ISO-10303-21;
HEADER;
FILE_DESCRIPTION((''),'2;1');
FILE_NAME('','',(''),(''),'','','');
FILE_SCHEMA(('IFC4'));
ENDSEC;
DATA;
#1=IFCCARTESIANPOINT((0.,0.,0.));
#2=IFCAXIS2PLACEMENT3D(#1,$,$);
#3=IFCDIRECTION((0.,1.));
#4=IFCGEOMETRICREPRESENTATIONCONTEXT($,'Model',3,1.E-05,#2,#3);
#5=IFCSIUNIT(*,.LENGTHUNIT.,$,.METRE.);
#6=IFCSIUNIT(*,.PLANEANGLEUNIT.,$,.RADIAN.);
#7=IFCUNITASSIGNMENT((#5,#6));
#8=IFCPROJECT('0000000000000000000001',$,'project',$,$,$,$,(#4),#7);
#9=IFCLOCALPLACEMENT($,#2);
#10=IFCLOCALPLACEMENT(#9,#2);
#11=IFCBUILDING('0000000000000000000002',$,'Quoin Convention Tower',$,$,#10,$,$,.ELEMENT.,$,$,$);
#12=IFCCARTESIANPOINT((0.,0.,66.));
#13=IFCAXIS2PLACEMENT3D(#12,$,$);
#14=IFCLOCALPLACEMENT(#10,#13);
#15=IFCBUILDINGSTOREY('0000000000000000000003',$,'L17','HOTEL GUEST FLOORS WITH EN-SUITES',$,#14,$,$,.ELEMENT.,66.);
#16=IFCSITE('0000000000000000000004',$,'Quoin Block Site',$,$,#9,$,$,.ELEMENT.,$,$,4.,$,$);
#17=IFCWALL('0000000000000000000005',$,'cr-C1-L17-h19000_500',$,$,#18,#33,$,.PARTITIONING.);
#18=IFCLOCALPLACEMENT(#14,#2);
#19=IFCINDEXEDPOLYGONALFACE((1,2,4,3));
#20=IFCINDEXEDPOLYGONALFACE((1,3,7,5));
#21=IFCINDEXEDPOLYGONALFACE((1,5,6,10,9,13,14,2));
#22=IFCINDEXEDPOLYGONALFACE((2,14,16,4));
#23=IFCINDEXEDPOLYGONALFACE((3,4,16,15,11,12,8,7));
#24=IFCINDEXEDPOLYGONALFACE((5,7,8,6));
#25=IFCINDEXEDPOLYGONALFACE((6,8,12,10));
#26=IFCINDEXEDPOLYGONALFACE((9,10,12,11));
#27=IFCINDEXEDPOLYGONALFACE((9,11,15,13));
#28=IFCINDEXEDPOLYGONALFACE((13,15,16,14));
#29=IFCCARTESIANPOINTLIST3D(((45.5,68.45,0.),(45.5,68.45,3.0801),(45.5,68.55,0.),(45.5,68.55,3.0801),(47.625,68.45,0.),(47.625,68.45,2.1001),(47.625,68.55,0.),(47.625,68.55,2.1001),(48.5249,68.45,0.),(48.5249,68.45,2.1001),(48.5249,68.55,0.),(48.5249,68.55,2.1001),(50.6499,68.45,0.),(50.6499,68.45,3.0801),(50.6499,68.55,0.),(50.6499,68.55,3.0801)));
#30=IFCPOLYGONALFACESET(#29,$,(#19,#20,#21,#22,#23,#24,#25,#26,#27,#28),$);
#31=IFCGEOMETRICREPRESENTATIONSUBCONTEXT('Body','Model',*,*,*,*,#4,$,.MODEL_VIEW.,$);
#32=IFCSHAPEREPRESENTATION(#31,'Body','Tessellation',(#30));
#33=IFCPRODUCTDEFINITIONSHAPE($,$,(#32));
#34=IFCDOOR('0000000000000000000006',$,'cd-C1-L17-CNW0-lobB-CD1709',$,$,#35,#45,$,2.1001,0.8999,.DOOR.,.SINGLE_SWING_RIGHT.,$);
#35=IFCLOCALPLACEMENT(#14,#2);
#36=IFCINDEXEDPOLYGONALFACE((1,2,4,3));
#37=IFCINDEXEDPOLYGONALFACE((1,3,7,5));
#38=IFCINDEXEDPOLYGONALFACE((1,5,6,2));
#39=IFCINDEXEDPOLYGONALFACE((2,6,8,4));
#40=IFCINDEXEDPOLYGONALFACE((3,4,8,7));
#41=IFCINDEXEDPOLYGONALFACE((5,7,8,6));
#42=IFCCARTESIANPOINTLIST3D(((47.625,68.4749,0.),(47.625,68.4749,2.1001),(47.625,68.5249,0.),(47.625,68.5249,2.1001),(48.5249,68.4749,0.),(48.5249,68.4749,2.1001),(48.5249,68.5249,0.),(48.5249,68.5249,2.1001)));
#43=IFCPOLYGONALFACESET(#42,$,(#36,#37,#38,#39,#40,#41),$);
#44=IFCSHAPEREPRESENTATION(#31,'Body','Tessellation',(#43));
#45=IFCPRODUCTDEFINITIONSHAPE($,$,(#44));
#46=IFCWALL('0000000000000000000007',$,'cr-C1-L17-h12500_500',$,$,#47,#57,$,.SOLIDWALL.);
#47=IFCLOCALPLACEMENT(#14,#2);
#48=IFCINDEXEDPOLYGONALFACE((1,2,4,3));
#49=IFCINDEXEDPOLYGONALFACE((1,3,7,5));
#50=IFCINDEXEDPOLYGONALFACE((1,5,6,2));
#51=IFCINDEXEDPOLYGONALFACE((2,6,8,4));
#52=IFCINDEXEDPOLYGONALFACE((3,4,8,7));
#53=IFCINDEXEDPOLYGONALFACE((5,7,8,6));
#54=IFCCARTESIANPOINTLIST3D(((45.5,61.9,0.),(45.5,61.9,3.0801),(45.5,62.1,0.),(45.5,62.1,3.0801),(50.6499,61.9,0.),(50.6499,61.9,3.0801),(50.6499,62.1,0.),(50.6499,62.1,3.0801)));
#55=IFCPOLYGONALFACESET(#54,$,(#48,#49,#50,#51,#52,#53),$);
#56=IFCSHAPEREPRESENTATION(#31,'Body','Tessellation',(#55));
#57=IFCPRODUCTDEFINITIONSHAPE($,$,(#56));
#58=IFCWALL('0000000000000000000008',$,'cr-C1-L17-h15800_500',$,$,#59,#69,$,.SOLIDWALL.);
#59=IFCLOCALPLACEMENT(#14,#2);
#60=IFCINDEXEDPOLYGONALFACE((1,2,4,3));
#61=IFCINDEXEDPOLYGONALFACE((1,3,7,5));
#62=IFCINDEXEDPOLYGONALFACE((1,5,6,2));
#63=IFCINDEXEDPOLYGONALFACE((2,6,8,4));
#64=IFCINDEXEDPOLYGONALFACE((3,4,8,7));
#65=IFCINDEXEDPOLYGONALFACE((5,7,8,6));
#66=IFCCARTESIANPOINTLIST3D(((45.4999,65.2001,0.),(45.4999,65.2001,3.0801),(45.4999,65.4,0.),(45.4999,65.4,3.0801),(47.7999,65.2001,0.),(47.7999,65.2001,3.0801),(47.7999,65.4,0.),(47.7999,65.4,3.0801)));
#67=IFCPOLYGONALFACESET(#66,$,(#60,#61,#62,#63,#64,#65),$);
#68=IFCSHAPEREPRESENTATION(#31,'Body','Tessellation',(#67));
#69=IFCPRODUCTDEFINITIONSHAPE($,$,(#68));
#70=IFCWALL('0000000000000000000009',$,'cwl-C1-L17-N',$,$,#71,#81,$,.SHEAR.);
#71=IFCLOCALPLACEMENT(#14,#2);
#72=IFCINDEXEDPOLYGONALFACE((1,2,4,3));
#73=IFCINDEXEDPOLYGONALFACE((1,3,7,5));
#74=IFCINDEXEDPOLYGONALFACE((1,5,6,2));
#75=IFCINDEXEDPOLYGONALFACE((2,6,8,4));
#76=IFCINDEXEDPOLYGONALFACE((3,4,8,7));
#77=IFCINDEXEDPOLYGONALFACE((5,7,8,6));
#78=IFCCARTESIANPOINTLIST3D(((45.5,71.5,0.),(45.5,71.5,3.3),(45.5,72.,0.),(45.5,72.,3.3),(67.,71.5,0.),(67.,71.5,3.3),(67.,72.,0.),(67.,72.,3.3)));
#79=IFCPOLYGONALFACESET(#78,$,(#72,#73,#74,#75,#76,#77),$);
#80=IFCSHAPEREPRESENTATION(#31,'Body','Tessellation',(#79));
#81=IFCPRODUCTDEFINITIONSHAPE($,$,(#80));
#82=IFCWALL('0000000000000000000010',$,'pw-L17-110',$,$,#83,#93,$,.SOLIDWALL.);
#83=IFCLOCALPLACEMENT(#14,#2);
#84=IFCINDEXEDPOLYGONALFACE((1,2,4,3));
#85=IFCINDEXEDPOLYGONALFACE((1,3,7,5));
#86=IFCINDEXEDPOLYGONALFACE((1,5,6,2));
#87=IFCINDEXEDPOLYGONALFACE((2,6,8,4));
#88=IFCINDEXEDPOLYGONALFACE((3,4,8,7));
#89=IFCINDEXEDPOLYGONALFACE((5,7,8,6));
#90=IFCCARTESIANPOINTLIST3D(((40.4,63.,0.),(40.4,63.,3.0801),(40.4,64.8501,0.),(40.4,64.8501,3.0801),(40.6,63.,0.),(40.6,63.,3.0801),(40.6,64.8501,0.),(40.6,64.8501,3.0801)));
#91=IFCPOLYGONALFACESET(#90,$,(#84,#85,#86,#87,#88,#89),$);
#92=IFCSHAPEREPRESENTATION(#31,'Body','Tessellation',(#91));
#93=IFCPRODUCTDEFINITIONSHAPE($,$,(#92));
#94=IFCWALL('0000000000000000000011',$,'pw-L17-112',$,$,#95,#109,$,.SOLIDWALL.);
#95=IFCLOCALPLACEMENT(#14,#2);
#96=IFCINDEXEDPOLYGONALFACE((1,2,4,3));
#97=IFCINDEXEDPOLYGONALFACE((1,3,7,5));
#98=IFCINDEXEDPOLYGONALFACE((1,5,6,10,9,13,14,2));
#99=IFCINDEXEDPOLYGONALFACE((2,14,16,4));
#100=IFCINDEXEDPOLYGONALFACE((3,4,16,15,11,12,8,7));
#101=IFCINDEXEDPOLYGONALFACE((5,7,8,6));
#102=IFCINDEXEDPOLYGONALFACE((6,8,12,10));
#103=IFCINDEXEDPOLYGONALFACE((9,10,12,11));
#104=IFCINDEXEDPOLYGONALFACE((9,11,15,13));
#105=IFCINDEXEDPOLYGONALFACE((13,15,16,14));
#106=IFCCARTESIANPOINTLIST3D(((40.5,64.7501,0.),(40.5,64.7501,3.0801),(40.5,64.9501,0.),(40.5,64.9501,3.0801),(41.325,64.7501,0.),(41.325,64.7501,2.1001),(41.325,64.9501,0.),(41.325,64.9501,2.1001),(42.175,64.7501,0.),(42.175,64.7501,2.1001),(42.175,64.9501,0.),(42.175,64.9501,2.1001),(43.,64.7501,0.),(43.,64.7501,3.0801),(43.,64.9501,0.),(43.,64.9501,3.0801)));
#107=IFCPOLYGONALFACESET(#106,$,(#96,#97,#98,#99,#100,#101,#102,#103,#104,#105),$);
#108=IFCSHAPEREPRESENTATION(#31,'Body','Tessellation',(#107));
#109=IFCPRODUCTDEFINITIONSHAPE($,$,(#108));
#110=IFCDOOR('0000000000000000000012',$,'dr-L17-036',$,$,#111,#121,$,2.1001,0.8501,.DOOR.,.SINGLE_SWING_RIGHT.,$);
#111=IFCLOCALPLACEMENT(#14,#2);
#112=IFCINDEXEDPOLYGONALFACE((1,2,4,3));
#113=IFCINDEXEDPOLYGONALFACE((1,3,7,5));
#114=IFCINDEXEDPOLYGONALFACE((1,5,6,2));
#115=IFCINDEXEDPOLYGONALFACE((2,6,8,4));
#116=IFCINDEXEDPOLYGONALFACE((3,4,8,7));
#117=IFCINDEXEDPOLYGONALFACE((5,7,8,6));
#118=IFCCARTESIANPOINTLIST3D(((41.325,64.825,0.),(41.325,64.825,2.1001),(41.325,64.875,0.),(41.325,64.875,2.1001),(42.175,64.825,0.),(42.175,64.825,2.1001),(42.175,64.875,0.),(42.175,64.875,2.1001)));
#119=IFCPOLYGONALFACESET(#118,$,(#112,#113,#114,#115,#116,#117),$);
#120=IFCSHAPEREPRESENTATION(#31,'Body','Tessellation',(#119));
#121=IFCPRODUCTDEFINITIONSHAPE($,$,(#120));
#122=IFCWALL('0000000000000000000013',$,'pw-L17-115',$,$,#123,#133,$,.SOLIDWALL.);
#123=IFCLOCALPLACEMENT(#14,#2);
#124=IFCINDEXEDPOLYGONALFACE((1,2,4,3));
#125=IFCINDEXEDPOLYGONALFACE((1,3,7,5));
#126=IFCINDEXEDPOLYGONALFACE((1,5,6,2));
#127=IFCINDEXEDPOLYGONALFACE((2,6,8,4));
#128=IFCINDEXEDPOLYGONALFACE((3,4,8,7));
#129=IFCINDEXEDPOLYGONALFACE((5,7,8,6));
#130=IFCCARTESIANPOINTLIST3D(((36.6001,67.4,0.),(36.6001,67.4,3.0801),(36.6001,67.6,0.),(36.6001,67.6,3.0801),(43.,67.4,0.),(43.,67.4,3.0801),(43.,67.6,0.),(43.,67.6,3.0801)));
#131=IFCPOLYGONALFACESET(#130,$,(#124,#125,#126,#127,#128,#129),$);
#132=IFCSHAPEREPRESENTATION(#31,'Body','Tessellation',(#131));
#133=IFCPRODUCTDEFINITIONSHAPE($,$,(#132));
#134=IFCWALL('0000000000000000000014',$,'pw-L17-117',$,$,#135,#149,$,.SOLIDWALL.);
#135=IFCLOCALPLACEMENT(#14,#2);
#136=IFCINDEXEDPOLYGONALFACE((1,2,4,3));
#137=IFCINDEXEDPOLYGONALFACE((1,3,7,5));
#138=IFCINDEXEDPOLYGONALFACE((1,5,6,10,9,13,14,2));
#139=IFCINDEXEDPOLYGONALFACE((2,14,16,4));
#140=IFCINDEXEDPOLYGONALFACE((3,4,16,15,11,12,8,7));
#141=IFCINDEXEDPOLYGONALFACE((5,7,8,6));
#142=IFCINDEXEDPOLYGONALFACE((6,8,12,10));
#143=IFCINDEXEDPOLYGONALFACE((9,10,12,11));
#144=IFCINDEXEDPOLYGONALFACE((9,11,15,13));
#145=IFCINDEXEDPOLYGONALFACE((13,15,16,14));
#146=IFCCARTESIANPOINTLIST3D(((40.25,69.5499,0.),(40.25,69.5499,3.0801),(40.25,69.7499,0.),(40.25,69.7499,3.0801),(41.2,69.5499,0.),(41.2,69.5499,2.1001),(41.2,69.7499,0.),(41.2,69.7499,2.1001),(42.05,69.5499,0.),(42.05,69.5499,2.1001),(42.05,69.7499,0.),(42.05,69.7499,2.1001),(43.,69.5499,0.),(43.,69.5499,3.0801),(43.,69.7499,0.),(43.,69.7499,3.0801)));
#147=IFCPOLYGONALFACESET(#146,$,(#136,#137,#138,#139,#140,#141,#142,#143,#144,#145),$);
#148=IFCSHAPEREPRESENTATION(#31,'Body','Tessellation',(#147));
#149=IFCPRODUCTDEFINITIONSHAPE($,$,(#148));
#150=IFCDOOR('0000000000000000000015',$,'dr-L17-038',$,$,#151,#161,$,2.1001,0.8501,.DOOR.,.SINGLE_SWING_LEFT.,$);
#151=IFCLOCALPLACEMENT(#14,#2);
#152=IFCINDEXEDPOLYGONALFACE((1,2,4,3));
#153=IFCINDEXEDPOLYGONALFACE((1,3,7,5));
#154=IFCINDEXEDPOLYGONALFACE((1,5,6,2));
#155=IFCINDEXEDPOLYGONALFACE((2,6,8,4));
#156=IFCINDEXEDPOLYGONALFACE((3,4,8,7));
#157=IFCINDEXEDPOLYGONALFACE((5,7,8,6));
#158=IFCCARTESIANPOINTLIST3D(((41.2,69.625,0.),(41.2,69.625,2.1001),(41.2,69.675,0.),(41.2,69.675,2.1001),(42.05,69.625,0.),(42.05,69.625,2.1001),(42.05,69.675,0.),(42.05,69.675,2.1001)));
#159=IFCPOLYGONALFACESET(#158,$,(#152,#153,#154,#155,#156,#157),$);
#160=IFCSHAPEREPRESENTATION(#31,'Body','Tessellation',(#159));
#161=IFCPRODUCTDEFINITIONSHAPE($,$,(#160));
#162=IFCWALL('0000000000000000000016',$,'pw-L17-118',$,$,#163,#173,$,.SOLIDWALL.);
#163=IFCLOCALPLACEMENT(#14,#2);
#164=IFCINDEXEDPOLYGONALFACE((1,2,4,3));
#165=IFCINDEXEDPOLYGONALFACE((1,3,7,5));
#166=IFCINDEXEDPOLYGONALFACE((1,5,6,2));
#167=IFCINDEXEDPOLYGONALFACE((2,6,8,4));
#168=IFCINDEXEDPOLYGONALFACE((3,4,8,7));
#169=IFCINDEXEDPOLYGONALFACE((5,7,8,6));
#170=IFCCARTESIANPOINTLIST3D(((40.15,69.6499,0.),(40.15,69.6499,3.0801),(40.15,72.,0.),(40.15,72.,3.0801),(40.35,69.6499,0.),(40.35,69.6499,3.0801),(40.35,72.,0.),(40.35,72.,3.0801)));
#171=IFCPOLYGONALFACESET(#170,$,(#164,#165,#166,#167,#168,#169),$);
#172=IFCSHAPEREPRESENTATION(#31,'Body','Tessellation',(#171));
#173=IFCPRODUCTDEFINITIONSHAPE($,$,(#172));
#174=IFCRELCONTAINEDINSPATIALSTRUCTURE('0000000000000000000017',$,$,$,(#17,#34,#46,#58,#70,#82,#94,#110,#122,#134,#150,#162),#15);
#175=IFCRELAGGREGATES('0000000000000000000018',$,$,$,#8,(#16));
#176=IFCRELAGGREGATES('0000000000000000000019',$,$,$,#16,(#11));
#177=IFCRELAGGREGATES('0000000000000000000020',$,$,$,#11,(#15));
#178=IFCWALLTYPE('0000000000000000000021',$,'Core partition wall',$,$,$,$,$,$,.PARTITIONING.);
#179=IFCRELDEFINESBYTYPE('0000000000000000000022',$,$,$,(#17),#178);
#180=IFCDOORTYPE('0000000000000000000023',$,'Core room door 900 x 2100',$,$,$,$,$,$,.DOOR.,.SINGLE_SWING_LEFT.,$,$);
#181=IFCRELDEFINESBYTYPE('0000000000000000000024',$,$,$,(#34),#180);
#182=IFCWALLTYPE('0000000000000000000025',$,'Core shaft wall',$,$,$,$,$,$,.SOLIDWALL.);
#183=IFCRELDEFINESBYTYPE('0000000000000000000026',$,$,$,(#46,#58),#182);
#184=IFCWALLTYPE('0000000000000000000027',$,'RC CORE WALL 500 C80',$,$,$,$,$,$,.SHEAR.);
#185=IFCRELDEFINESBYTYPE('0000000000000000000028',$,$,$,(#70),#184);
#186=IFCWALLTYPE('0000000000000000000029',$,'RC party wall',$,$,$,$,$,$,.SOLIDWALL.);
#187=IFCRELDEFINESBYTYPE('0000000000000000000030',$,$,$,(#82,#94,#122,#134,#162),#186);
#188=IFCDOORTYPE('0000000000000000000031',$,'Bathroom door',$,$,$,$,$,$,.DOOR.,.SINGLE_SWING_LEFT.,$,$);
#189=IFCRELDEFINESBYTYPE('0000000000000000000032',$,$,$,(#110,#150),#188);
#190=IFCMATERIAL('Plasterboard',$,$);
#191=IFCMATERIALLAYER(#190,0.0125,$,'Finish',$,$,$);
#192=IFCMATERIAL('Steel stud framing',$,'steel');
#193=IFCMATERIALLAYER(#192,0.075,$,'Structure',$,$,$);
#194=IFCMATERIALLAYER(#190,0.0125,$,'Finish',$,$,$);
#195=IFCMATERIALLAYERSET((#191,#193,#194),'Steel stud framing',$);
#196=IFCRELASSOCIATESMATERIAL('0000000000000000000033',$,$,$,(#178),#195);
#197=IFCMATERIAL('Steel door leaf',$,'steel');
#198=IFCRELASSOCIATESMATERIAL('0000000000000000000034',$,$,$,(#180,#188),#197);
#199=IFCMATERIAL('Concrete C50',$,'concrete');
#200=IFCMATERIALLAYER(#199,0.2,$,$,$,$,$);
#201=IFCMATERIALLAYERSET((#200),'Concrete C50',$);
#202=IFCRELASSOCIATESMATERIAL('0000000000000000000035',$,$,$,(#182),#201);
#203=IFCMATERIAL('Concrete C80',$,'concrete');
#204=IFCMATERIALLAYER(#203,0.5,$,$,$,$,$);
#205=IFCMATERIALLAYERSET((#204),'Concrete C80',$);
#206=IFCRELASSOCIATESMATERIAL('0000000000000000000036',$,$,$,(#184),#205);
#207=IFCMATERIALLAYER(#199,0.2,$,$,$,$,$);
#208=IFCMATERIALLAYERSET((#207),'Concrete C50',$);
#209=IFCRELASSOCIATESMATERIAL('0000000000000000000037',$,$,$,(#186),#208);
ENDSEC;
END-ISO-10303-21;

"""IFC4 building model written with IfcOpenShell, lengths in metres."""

from ifc_helpers import new_model, si_unit, direction, frame, frame_2d, origin, place, context, subcontext, project, spatial, rectangle, extrude, material, layer, layer_set, type_object, element, fill, save


model = new_model("IFC4")

# Units and contexts
model_context = context("Model", 3, precision=1e-05, world=origin(), true_north=direction((0.0, 1.0)))
body_context = subcontext(model_context, "Body", "Model", "MODEL_VIEW")
ifc_project = project(units=[si_unit("LENGTHUNIT", "METRE"), si_unit("PLANEANGLEUNIT", "RADIAN")], contexts=[model_context])

# Site, building, storey
site_placement = place(None, origin())
site = spatial("IfcSite", under=ifc_project, at=site_placement, Name="Quoin Block Site", CompositionType="ELEMENT", RefElevation=4.0)
building_placement = place(site_placement, origin())
building = spatial("IfcBuilding", under=site, at=building_placement, Name="Quoin Convention Tower", CompositionType="ELEMENT")
storey_placement = place(building_placement, frame((0.0, 0.0, 66.0)))
storey = spatial("IfcBuildingStorey", under=building, at=storey_placement, Name="L17", Description="HOTEL GUEST FLOORS WITH EN-SUITES", CompositionType="ELEMENT", Elevation=66.0)

# Wall, opening, door
ifc_material_1 = material(Name="Plasterboard")
ifc_layer_1 = layer(ifc_material_1, 0.0125, Name="Finish")
ifc_material_2 = material(Name="Steel stud framing", Category="steel")
ifc_layer_2 = layer(ifc_material_2, 0.075, Name="Structure")
ifc_layer_3 = layer(ifc_material_1, 0.0125, Name="Finish")
ifc_layer_set_1 = layer_set([ifc_layer_1, ifc_layer_2, ifc_layer_3], Name="Steel stud framing")
wall_type_1 = type_object("IfcWallType", Name="Core partition wall", PredefinedType="PARTITIONING", material=ifc_layer_set_1)
wall_1_placement = place(storey_placement, frame((45.5, 68.5, 0.0), z_axis=(0.0, 0.0, 1.0), x_axis=(1.0, 0.0, 0.0)))
wall_1 = element("IfcWall", 1, at=wall_1_placement, inside=storey, type_object=wall_type_1, Name="cr-C1-L17-h19000_500", PredefinedType="PARTITIONING", context=body_context, shape_type="SweptSolid", body=[
    extrude(rectangle(XDim=5.1499, YDim=0.1001, at=frame_2d((2.575, 0.0))), origin(), (0.0, 0.0, 1.0), 3.0801),
])
opening_1_placement = place(wall_1_placement, frame((2.125, 0.0, 0.0)))
opening_1 = element("IfcOpeningElement", 2, at=opening_1_placement, cuts=wall_1, PredefinedType="OPENING", context=body_context, shape_type="SweptSolid", body=[
    extrude(rectangle(XDim=0.8999, YDim=2.1001, at=frame_2d((0.45, 1.05))), frame((0.0, 0.0601, 0.0), z_axis=(0.0, -1.0, 0.0), x_axis=(1.0, 0.0, 0.0)), (0.0, 0.0, 1.0), 0.1201),
])
ifc_material_3 = material(Name="Steel door leaf", Category="steel")
door_type_1 = type_object("IfcDoorType", Name="Core room door 900 x 2100", OperationType="SINGLE_SWING_LEFT", PredefinedType="DOOR", material=ifc_material_3)
door_1_placement = place(opening_1_placement, origin())
door_1 = element("IfcDoor", 3, at=door_1_placement, inside=storey, type_object=door_type_1, Name="cd-C1-L17-CNW0-lobB-CD1709", OperationType="SINGLE_SWING_RIGHT", OverallHeight=2.1001, OverallWidth=0.8999, PredefinedType="DOOR", context=body_context, shape_type="SweptSolid", body=[
    extrude(rectangle(XDim=0.8999, YDim=2.1001, at=frame_2d((0.45, 1.05))), frame((0.0, 0.0249, 0.0), z_axis=(0.0, -1.0, 0.0), x_axis=(1.0, 0.0, 0.0)), (0.0, 0.0, 1.0), 0.05),
])
fill(opening_1, door_1)

# Walls
ifc_material_4 = material(Name="Concrete C50", Category="concrete")
ifc_layer_4 = layer(ifc_material_4, 0.2)
ifc_layer_set_2 = layer_set([ifc_layer_4], Name="Concrete C50")
wall_type_2 = type_object("IfcWallType", Name="Core shaft wall", PredefinedType="SOLIDWALL", material=ifc_layer_set_2)
wall_2_placement = place(storey_placement, frame((45.5, 62.0, 0.0), z_axis=(0.0, 0.0, 1.0), x_axis=(1.0, 0.0, 0.0)))
element("IfcWall", 4, at=wall_2_placement, inside=storey, type_object=wall_type_2, Name="cr-C1-L17-h12500_500", PredefinedType="SOLIDWALL", context=body_context, shape_type="SweptSolid", body=[
    extrude(rectangle(XDim=5.1499, YDim=0.2, at=frame_2d((2.575, 0.0))), origin(), (0.0, 0.0, 1.0), 3.0801),
])
wall_3_placement = place(storey_placement, frame((45.5, 65.3, 0.0), z_axis=(0.0, 0.0, 1.0), x_axis=(1.0, 0.0, 0.0)))
element("IfcWall", 5, at=wall_3_placement, inside=storey, type_object=wall_type_2, Name="cr-C1-L17-h15800_500", PredefinedType="SOLIDWALL", context=body_context, shape_type="SweptSolid", body=[
    extrude(rectangle(XDim=2.3, YDim=0.2, at=frame_2d((1.1499, 0.0))), origin(), (0.0, 0.0, 1.0), 3.0801),
])
ifc_material_5 = material(Name="Concrete C80", Category="concrete")
ifc_layer_5 = layer(ifc_material_5, 0.5)
ifc_layer_set_3 = layer_set([ifc_layer_5], Name="Concrete C80")
wall_type_3 = type_object("IfcWallType", Name="RC CORE WALL 500 C80", PredefinedType="SHEAR", material=ifc_layer_set_3)
wall_4_placement = place(storey_placement, frame((45.5, 71.75, 0.0), z_axis=(0.0, 0.0, 1.0), x_axis=(1.0, 0.0, 0.0)))
element("IfcWall", 6, at=wall_4_placement, inside=storey, type_object=wall_type_3, Name="cwl-C1-L17-N", PredefinedType="SHEAR", context=body_context, shape_type="SweptSolid", body=[
    extrude(rectangle(XDim=21.5, YDim=0.5, at=frame_2d((10.75, 0.0))), origin(), (0.0, 0.0, 1.0), 3.3),
])
ifc_layer_6 = layer(ifc_material_4, 0.2)
ifc_layer_set_4 = layer_set([ifc_layer_6], Name="Concrete C50")
wall_type_4 = type_object("IfcWallType", Name="RC party wall", PredefinedType="SOLIDWALL", material=ifc_layer_set_4)
wall_5_placement = place(storey_placement, frame((40.5, 63.0, 0.0), z_axis=(0.0, 0.0, 1.0), x_axis=(0.0, 1.0, 0.0)))
element("IfcWall", 7, at=wall_5_placement, inside=storey, type_object=wall_type_4, Name="pw-L17-110", PredefinedType="SOLIDWALL", context=body_context, shape_type="SweptSolid", body=[
    extrude(rectangle(XDim=1.8501, YDim=0.2, at=frame_2d((0.925, 0.0))), origin(), (0.0, 0.0, 1.0), 3.0801),
])

# Wall, opening, door
wall_6_placement = place(storey_placement, frame((40.5, 64.8501, 0.0), z_axis=(0.0, 0.0, 1.0), x_axis=(1.0, 0.0, 0.0)))
wall_6 = element("IfcWall", 8, at=wall_6_placement, inside=storey, type_object=wall_type_4, Name="pw-L17-112", PredefinedType="SOLIDWALL", context=body_context, shape_type="SweptSolid", body=[
    extrude(rectangle(XDim=2.5, YDim=0.2, at=frame_2d((1.25, 0.0))), origin(), (0.0, 0.0, 1.0), 3.0801),
])
opening_2_placement = place(wall_6_placement, frame((0.825, 0.0, 0.0)))
opening_2 = element("IfcOpeningElement", 9, at=opening_2_placement, cuts=wall_6, PredefinedType="OPENING", context=body_context, shape_type="SweptSolid", body=[
    extrude(rectangle(XDim=0.8501, YDim=2.1001, at=frame_2d((0.425, 1.05))), frame((0.0, 0.1099, 0.0), z_axis=(0.0, -1.0, 0.0), x_axis=(1.0, 0.0, 0.0)), (0.0, 0.0, 1.0), 0.22),
])
door_type_2 = type_object("IfcDoorType", Name="Bathroom door", OperationType="SINGLE_SWING_LEFT", PredefinedType="DOOR", material=ifc_material_3)
door_2_placement = place(opening_2_placement, origin())
door_2 = element("IfcDoor", 10, at=door_2_placement, inside=storey, type_object=door_type_2, Name="dr-L17-036", OperationType="SINGLE_SWING_RIGHT", OverallHeight=2.1001, OverallWidth=0.8501, PredefinedType="DOOR", context=body_context, shape_type="SweptSolid", body=[
    extrude(rectangle(XDim=0.8501, YDim=2.1001, at=frame_2d((0.425, 1.05))), frame((0.0, 0.0249, 0.0), z_axis=(0.0, -1.0, 0.0), x_axis=(1.0, 0.0, 0.0)), (0.0, 0.0, 1.0), 0.05),
])
fill(opening_2, door_2)

# Wall
wall_7_placement = place(storey_placement, frame((36.6001, 67.5, 0.0), z_axis=(0.0, 0.0, 1.0), x_axis=(1.0, 0.0, 0.0)))
element("IfcWall", 11, at=wall_7_placement, inside=storey, type_object=wall_type_4, Name="pw-L17-115", PredefinedType="SOLIDWALL", context=body_context, shape_type="SweptSolid", body=[
    extrude(rectangle(XDim=6.3999, YDim=0.2, at=frame_2d((3.2, 0.0))), origin(), (0.0, 0.0, 1.0), 3.0801),
])

# Wall, opening, door
wall_8_placement = place(storey_placement, frame((40.25, 69.6499, 0.0), z_axis=(0.0, 0.0, 1.0), x_axis=(1.0, 0.0, 0.0)))
wall_8 = element("IfcWall", 12, at=wall_8_placement, inside=storey, type_object=wall_type_4, Name="pw-L17-117", PredefinedType="SOLIDWALL", context=body_context, shape_type="SweptSolid", body=[
    extrude(rectangle(XDim=2.75, YDim=0.2, at=frame_2d((1.375, 0.0))), origin(), (0.0, 0.0, 1.0), 3.0801),
])
opening_3_placement = place(wall_8_placement, frame((0.95, 0.0, 0.0)))
opening_3 = element("IfcOpeningElement", 13, at=opening_3_placement, cuts=wall_8, PredefinedType="OPENING", context=body_context, shape_type="SweptSolid", body=[
    extrude(rectangle(XDim=0.8501, YDim=2.1001, at=frame_2d((0.425, 1.05))), frame((0.0, 0.1099, 0.0), z_axis=(0.0, -1.0, 0.0), x_axis=(1.0, 0.0, 0.0)), (0.0, 0.0, 1.0), 0.22),
])
door_3_placement = place(opening_3_placement, frame((0.8501, 0.0, 0.0), z_axis=(0.0, 0.0, 1.0), x_axis=(-1.0, 0.0, 0.0)))
door_3 = element("IfcDoor", 14, at=door_3_placement, inside=storey, type_object=door_type_2, Name="dr-L17-038", OperationType="SINGLE_SWING_LEFT", OverallHeight=2.1001, OverallWidth=0.8501, PredefinedType="DOOR", context=body_context, shape_type="SweptSolid", body=[
    extrude(rectangle(XDim=0.8501, YDim=2.1001, at=frame_2d((0.425, 1.05))), frame((0.0, 0.0249, 0.0), z_axis=(0.0, -1.0, 0.0), x_axis=(1.0, 0.0, 0.0)), (0.0, 0.0, 1.0), 0.05),
])
fill(opening_3, door_3)

# Wall
wall_9_placement = place(storey_placement, frame((40.25, 69.6499, 0.0), z_axis=(0.0, 0.0, 1.0), x_axis=(0.0, 1.0, 0.0)))
element("IfcWall", 15, at=wall_9_placement, inside=storey, type_object=wall_type_4, Name="pw-L17-118", PredefinedType="SOLIDWALL", context=body_context, shape_type="SweptSolid", body=[
    extrude(rectangle(XDim=2.3501, YDim=0.2, at=frame_2d((1.175, 0.0))), origin(), (0.0, 0.0, 1.0), 3.0801),
])

save(model, "model.ifc")
